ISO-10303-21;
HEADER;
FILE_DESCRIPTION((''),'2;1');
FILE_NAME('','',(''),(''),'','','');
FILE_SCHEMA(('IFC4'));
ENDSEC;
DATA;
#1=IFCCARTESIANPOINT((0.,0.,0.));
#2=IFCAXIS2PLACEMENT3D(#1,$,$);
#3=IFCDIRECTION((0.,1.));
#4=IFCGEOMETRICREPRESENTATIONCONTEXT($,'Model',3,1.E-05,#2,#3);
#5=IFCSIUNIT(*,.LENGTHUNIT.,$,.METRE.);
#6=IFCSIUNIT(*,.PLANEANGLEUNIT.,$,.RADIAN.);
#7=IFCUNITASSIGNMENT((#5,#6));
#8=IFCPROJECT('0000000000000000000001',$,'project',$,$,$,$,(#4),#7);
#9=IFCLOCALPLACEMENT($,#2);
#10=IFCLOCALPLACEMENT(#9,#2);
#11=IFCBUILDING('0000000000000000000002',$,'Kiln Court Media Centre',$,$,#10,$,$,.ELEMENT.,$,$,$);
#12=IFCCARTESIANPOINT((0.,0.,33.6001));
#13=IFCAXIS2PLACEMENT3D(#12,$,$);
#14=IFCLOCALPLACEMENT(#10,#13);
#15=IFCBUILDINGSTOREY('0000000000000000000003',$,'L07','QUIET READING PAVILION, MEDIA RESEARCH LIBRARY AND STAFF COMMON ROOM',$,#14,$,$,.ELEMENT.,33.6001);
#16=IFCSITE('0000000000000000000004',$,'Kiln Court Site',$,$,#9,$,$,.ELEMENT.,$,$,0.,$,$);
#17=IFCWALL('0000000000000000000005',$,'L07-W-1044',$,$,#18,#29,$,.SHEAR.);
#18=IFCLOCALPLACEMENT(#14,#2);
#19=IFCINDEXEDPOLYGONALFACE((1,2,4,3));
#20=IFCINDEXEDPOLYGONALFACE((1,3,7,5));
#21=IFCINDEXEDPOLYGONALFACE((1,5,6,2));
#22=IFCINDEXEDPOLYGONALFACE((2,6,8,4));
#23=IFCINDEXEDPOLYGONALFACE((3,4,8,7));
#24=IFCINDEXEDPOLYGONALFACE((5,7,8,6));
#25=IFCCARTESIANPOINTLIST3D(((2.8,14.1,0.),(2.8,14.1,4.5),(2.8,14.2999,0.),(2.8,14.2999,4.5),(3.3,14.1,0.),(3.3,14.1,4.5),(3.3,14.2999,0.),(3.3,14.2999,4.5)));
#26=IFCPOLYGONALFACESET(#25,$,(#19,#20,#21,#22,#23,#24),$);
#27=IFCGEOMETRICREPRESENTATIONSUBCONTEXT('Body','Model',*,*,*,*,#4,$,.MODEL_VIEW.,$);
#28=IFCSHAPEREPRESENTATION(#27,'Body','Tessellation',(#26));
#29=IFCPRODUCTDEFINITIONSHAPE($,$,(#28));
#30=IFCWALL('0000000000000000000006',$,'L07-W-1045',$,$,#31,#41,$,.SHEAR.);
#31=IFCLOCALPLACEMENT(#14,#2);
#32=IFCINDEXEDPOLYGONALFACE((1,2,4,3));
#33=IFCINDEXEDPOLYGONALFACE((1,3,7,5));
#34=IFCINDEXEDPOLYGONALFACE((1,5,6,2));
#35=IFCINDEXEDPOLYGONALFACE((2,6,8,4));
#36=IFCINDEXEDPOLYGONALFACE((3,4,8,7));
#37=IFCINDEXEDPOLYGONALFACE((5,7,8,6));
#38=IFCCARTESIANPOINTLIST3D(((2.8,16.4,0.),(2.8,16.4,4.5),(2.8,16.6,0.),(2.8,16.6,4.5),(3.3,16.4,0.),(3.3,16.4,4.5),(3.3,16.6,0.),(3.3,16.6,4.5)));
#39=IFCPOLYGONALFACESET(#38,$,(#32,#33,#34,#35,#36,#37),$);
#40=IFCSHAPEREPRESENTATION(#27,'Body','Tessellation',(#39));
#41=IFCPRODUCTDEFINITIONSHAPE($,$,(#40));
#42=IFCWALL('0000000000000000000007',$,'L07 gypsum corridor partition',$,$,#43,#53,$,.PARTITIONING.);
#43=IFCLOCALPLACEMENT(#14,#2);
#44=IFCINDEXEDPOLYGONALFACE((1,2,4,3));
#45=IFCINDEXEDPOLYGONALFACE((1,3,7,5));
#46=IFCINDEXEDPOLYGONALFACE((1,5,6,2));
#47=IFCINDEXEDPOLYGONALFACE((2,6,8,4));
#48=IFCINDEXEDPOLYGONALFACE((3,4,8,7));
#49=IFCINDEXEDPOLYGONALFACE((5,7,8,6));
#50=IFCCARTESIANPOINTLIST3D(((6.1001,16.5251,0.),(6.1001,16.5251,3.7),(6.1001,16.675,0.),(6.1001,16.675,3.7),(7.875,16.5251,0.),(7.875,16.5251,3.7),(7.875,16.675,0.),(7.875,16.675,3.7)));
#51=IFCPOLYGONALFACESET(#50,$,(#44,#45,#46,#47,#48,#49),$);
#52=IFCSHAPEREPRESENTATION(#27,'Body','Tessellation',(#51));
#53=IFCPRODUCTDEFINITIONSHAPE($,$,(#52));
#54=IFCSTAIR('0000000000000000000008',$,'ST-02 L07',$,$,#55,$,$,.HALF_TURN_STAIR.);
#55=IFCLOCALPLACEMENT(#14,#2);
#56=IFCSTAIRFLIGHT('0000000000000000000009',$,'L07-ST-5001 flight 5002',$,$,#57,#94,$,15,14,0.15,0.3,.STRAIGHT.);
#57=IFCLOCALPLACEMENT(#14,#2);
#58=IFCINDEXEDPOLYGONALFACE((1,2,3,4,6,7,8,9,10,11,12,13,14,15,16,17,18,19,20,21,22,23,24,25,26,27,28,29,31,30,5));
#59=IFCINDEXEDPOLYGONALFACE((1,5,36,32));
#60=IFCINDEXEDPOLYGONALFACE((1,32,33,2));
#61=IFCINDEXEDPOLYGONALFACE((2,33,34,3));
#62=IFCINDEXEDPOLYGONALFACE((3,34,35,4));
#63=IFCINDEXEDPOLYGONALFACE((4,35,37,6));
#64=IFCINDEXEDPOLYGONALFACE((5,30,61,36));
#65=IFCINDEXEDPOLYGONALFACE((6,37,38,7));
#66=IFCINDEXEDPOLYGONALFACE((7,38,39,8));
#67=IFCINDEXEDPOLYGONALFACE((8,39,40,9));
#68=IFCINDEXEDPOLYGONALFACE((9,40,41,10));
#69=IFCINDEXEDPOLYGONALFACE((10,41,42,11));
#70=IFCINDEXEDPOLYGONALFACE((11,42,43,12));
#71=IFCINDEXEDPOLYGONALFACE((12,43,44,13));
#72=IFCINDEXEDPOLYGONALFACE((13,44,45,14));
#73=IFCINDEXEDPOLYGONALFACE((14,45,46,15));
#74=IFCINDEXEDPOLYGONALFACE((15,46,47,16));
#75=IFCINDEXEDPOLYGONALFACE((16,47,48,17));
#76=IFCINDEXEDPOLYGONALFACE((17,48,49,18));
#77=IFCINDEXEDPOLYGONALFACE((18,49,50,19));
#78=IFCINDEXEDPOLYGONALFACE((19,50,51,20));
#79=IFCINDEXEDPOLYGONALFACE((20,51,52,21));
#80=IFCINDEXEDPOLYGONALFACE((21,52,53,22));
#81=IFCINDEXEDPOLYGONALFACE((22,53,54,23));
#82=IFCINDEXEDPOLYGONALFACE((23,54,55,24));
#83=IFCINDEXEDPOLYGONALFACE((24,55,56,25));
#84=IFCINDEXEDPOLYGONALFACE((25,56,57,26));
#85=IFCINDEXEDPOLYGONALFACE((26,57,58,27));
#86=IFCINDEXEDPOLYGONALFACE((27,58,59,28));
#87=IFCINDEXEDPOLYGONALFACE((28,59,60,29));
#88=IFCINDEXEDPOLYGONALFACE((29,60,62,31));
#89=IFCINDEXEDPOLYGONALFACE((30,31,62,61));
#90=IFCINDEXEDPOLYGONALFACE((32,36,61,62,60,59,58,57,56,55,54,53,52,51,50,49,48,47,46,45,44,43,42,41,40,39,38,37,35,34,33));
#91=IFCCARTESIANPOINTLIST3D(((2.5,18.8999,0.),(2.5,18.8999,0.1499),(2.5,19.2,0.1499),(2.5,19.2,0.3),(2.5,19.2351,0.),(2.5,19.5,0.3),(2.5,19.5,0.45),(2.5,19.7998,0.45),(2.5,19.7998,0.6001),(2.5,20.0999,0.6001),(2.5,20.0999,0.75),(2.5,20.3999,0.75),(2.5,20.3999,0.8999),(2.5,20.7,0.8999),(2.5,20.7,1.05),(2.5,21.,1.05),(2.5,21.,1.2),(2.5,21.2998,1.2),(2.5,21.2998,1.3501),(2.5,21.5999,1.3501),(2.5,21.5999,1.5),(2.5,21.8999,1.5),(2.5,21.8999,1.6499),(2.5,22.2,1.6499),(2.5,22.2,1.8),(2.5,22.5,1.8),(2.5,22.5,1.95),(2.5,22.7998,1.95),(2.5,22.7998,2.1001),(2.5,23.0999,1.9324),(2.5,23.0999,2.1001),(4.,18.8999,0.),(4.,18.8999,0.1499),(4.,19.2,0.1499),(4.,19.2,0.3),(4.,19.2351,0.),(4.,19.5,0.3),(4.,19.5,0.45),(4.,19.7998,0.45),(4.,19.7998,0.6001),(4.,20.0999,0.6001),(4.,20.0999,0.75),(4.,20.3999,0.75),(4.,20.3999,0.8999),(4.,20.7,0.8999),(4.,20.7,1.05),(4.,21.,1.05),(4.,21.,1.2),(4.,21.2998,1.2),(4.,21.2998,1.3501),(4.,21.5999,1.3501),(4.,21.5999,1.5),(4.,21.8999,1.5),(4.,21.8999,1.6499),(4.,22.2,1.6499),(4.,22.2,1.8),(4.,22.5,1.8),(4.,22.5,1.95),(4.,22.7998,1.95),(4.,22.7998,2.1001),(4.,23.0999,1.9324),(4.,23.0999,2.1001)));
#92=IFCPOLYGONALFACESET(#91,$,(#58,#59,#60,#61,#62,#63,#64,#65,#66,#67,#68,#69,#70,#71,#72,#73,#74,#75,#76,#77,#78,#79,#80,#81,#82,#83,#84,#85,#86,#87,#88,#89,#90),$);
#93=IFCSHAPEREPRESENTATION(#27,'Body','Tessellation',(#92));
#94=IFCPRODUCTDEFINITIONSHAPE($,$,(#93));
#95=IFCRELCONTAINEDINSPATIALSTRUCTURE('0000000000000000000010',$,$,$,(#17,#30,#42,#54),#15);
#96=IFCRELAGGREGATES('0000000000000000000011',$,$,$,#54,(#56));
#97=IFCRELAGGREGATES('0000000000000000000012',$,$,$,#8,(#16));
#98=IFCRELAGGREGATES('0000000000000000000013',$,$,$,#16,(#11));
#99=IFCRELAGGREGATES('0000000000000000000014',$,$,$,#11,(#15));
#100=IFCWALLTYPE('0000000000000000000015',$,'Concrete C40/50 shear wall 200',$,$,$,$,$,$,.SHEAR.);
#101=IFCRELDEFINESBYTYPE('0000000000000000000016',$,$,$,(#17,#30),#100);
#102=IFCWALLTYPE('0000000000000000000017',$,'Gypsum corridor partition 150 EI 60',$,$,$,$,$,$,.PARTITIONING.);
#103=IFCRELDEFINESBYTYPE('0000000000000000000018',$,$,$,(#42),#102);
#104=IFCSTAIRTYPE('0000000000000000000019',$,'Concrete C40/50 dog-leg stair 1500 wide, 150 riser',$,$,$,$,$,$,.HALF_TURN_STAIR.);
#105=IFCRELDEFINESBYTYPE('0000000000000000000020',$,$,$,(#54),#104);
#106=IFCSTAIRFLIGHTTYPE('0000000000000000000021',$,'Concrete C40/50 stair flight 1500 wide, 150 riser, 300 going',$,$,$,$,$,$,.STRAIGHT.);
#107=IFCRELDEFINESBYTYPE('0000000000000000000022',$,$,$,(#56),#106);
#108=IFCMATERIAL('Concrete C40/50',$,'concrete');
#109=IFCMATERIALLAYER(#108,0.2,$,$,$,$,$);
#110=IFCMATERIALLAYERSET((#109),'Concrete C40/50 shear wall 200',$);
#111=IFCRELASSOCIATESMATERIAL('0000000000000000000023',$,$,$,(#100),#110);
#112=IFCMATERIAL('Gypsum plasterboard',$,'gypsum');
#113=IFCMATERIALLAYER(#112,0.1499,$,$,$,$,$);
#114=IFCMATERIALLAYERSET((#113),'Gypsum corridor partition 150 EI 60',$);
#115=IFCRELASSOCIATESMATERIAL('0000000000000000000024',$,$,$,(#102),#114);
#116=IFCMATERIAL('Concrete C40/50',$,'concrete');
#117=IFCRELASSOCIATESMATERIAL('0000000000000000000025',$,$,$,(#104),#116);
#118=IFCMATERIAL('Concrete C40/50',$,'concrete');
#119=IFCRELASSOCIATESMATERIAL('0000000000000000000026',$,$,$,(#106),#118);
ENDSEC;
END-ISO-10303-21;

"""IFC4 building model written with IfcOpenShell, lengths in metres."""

from ifc_helpers import new_model, si_unit, direction, frame, frame_2d, origin, place, context, subcontext, project, spatial, polyline, rectangle, outline, extrude, material, layer, layer_set, type_object, element, aggregate, save


model = new_model("IFC4")

# Units and contexts
model_context = context("Model", 3, precision=1e-05, world=origin(), true_north=direction((0.0, 1.0)))
body_context = subcontext(model_context, "Body", "Model", "MODEL_VIEW")
ifc_project = project(units=[si_unit("LENGTHUNIT", "METRE"), si_unit("PLANEANGLEUNIT", "RADIAN")], contexts=[model_context])

# Site, building, storey
site_placement = place(None, origin())
site = spatial("IfcSite", under=ifc_project, at=site_placement, Name="Kiln Court Site", CompositionType="ELEMENT", RefElevation=0.0)
building_placement = place(site_placement, origin())
building = spatial("IfcBuilding", under=site, at=building_placement, Name="Kiln Court Media Centre", CompositionType="ELEMENT")
storey_placement = place(building_placement, frame((0.0, 0.0, 33.6001)))
storey = spatial("IfcBuildingStorey", under=building, at=storey_placement, Name="L07", Description="QUIET READING PAVILION, MEDIA RESEARCH LIBRARY AND STAFF COMMON ROOM", CompositionType="ELEMENT", Elevation=33.6001)

# Shared definitions
ifc_material_1 = material(Name="Concrete C40/50", Category="concrete")
ifc_layer_1 = layer(ifc_material_1, 0.2)
ifc_layer_set_1 = layer_set([ifc_layer_1], Name="Concrete C40/50 shear wall 200")
wall_type_1 = type_object("IfcWallType", Name="Concrete C40/50 shear wall 200", PredefinedType="SHEAR", material=ifc_layer_set_1)

# Walls
for number, where, z_axis, x_axis, name in (
    (1, (2.8, 14.2, 0.0), (0.0, 0.0, 1.0), (1.0, 0.0, 0.0), "L07-W-1044"),
    (2, (2.8, 16.5, 0.0), (0.0, 0.0, 1.0), (1.0, 0.0, 0.0), "L07-W-1045"),
):
    element("IfcWall", number, at=place(storey_placement, frame(where, z_axis=z_axis, x_axis=x_axis)), inside=storey, type_object=wall_type_1, Name=name, PredefinedType="SHEAR", context=body_context, shape_type="SweptSolid", body=[
        extrude(rectangle(XDim=0.5, YDim=0.2, at=frame_2d((0.25, 0.0))), origin(), (0.0, 0.0, 1.0), 4.5),
    ])
ifc_material_2 = material(Name="Gypsum plasterboard", Category="gypsum")
ifc_layer_2 = layer(ifc_material_2, 0.1499)
ifc_layer_set_2 = layer_set([ifc_layer_2], Name="Gypsum corridor partition 150 EI 60")
wall_type_2 = type_object("IfcWallType", Name="Gypsum corridor partition 150 EI 60", PredefinedType="PARTITIONING", material=ifc_layer_set_2)
wall_1_placement = place(storey_placement, frame((6.1001, 16.6001, 0.0), z_axis=(0.0, 0.0, 1.0), x_axis=(1.0, 0.0, 0.0)))
element("IfcWall", 3, at=wall_1_placement, inside=storey, type_object=wall_type_2, Name="L07 gypsum corridor partition", PredefinedType="PARTITIONING", context=body_context, shape_type="SweptSolid", body=[
    extrude(rectangle(XDim=1.7749, YDim=0.1499, at=frame_2d((0.8875, 0.0))), origin(), (0.0, 0.0, 1.0), 3.7),
])

# Stair, stair flight
ifc_material_3 = material(Name="Concrete C40/50", Category="concrete")
stair_type = type_object("IfcStairType", Name="Concrete C40/50 dog-leg stair 1500 wide, 150 riser", PredefinedType="HALF_TURN_STAIR", material=ifc_material_3)
stair_placement = place(storey_placement, origin())
stair = element("IfcStair", 4, at=stair_placement, inside=storey, type_object=stair_type, Name="ST-02 L07", PredefinedType="HALF_TURN_STAIR")
ifc_material_4 = material(Name="Concrete C40/50", Category="concrete")
stair_flight_type = type_object("IfcStairFlightType", Name="Concrete C40/50 stair flight 1500 wide, 150 riser, 300 going", PredefinedType="STRAIGHT", material=ifc_material_4)
stair_flight_placement = place(storey_placement, frame((3.25, 18.8999, 0.0), z_axis=(0.0, 0.0, 1.0), x_axis=(0.0, 1.0, 0.0)))
stair_flight = element("IfcStairFlight", 5, at=stair_flight_placement, type_object=stair_flight_type, Name="L07-ST-5001 flight 5002", NumberOfRisers=15, NumberOfTreads=14, PredefinedType="STRAIGHT", RiserHeight=0.15, TreadLength=0.3, context=body_context, shape_type="SweptSolid", body=[
    extrude(outline(polyline([(0.0, 0.0), (0.0, 0.1499), (0.3, 0.1499), (0.3, 0.3), (0.6001, 0.3), (0.6001, 0.45), (0.8999, 0.45), (0.8999, 0.6001), (1.2, 0.6001), (1.2, 0.75), (1.5, 0.75), (1.5, 0.8999), (1.8, 0.8999), (1.8, 1.05), (2.1001, 1.05), (2.1001, 1.2), (2.3999, 1.2), (2.3999, 1.3501), (2.7, 1.3501), (2.7, 1.5), (3.0, 1.5), (3.0, 1.6499), (3.3, 1.6499), (3.3, 1.8), (3.6001, 1.8), (3.6001, 1.95), (3.8999, 1.95), (3.8999, 2.1001), (4.2, 2.1001), (4.2, 2.25), (4.2, 1.9324), (0.3352, 0.0), (0.0, 0.0)])), frame((0.0, 0.75, 0.0), z_axis=(0.0, -1.0, 0.0), x_axis=(1.0, 0.0, 0.0)), (0.0, 0.0, 1.0), 1.5),
])
aggregate(stair, [stair_flight])

save(model, "model.ifc")
